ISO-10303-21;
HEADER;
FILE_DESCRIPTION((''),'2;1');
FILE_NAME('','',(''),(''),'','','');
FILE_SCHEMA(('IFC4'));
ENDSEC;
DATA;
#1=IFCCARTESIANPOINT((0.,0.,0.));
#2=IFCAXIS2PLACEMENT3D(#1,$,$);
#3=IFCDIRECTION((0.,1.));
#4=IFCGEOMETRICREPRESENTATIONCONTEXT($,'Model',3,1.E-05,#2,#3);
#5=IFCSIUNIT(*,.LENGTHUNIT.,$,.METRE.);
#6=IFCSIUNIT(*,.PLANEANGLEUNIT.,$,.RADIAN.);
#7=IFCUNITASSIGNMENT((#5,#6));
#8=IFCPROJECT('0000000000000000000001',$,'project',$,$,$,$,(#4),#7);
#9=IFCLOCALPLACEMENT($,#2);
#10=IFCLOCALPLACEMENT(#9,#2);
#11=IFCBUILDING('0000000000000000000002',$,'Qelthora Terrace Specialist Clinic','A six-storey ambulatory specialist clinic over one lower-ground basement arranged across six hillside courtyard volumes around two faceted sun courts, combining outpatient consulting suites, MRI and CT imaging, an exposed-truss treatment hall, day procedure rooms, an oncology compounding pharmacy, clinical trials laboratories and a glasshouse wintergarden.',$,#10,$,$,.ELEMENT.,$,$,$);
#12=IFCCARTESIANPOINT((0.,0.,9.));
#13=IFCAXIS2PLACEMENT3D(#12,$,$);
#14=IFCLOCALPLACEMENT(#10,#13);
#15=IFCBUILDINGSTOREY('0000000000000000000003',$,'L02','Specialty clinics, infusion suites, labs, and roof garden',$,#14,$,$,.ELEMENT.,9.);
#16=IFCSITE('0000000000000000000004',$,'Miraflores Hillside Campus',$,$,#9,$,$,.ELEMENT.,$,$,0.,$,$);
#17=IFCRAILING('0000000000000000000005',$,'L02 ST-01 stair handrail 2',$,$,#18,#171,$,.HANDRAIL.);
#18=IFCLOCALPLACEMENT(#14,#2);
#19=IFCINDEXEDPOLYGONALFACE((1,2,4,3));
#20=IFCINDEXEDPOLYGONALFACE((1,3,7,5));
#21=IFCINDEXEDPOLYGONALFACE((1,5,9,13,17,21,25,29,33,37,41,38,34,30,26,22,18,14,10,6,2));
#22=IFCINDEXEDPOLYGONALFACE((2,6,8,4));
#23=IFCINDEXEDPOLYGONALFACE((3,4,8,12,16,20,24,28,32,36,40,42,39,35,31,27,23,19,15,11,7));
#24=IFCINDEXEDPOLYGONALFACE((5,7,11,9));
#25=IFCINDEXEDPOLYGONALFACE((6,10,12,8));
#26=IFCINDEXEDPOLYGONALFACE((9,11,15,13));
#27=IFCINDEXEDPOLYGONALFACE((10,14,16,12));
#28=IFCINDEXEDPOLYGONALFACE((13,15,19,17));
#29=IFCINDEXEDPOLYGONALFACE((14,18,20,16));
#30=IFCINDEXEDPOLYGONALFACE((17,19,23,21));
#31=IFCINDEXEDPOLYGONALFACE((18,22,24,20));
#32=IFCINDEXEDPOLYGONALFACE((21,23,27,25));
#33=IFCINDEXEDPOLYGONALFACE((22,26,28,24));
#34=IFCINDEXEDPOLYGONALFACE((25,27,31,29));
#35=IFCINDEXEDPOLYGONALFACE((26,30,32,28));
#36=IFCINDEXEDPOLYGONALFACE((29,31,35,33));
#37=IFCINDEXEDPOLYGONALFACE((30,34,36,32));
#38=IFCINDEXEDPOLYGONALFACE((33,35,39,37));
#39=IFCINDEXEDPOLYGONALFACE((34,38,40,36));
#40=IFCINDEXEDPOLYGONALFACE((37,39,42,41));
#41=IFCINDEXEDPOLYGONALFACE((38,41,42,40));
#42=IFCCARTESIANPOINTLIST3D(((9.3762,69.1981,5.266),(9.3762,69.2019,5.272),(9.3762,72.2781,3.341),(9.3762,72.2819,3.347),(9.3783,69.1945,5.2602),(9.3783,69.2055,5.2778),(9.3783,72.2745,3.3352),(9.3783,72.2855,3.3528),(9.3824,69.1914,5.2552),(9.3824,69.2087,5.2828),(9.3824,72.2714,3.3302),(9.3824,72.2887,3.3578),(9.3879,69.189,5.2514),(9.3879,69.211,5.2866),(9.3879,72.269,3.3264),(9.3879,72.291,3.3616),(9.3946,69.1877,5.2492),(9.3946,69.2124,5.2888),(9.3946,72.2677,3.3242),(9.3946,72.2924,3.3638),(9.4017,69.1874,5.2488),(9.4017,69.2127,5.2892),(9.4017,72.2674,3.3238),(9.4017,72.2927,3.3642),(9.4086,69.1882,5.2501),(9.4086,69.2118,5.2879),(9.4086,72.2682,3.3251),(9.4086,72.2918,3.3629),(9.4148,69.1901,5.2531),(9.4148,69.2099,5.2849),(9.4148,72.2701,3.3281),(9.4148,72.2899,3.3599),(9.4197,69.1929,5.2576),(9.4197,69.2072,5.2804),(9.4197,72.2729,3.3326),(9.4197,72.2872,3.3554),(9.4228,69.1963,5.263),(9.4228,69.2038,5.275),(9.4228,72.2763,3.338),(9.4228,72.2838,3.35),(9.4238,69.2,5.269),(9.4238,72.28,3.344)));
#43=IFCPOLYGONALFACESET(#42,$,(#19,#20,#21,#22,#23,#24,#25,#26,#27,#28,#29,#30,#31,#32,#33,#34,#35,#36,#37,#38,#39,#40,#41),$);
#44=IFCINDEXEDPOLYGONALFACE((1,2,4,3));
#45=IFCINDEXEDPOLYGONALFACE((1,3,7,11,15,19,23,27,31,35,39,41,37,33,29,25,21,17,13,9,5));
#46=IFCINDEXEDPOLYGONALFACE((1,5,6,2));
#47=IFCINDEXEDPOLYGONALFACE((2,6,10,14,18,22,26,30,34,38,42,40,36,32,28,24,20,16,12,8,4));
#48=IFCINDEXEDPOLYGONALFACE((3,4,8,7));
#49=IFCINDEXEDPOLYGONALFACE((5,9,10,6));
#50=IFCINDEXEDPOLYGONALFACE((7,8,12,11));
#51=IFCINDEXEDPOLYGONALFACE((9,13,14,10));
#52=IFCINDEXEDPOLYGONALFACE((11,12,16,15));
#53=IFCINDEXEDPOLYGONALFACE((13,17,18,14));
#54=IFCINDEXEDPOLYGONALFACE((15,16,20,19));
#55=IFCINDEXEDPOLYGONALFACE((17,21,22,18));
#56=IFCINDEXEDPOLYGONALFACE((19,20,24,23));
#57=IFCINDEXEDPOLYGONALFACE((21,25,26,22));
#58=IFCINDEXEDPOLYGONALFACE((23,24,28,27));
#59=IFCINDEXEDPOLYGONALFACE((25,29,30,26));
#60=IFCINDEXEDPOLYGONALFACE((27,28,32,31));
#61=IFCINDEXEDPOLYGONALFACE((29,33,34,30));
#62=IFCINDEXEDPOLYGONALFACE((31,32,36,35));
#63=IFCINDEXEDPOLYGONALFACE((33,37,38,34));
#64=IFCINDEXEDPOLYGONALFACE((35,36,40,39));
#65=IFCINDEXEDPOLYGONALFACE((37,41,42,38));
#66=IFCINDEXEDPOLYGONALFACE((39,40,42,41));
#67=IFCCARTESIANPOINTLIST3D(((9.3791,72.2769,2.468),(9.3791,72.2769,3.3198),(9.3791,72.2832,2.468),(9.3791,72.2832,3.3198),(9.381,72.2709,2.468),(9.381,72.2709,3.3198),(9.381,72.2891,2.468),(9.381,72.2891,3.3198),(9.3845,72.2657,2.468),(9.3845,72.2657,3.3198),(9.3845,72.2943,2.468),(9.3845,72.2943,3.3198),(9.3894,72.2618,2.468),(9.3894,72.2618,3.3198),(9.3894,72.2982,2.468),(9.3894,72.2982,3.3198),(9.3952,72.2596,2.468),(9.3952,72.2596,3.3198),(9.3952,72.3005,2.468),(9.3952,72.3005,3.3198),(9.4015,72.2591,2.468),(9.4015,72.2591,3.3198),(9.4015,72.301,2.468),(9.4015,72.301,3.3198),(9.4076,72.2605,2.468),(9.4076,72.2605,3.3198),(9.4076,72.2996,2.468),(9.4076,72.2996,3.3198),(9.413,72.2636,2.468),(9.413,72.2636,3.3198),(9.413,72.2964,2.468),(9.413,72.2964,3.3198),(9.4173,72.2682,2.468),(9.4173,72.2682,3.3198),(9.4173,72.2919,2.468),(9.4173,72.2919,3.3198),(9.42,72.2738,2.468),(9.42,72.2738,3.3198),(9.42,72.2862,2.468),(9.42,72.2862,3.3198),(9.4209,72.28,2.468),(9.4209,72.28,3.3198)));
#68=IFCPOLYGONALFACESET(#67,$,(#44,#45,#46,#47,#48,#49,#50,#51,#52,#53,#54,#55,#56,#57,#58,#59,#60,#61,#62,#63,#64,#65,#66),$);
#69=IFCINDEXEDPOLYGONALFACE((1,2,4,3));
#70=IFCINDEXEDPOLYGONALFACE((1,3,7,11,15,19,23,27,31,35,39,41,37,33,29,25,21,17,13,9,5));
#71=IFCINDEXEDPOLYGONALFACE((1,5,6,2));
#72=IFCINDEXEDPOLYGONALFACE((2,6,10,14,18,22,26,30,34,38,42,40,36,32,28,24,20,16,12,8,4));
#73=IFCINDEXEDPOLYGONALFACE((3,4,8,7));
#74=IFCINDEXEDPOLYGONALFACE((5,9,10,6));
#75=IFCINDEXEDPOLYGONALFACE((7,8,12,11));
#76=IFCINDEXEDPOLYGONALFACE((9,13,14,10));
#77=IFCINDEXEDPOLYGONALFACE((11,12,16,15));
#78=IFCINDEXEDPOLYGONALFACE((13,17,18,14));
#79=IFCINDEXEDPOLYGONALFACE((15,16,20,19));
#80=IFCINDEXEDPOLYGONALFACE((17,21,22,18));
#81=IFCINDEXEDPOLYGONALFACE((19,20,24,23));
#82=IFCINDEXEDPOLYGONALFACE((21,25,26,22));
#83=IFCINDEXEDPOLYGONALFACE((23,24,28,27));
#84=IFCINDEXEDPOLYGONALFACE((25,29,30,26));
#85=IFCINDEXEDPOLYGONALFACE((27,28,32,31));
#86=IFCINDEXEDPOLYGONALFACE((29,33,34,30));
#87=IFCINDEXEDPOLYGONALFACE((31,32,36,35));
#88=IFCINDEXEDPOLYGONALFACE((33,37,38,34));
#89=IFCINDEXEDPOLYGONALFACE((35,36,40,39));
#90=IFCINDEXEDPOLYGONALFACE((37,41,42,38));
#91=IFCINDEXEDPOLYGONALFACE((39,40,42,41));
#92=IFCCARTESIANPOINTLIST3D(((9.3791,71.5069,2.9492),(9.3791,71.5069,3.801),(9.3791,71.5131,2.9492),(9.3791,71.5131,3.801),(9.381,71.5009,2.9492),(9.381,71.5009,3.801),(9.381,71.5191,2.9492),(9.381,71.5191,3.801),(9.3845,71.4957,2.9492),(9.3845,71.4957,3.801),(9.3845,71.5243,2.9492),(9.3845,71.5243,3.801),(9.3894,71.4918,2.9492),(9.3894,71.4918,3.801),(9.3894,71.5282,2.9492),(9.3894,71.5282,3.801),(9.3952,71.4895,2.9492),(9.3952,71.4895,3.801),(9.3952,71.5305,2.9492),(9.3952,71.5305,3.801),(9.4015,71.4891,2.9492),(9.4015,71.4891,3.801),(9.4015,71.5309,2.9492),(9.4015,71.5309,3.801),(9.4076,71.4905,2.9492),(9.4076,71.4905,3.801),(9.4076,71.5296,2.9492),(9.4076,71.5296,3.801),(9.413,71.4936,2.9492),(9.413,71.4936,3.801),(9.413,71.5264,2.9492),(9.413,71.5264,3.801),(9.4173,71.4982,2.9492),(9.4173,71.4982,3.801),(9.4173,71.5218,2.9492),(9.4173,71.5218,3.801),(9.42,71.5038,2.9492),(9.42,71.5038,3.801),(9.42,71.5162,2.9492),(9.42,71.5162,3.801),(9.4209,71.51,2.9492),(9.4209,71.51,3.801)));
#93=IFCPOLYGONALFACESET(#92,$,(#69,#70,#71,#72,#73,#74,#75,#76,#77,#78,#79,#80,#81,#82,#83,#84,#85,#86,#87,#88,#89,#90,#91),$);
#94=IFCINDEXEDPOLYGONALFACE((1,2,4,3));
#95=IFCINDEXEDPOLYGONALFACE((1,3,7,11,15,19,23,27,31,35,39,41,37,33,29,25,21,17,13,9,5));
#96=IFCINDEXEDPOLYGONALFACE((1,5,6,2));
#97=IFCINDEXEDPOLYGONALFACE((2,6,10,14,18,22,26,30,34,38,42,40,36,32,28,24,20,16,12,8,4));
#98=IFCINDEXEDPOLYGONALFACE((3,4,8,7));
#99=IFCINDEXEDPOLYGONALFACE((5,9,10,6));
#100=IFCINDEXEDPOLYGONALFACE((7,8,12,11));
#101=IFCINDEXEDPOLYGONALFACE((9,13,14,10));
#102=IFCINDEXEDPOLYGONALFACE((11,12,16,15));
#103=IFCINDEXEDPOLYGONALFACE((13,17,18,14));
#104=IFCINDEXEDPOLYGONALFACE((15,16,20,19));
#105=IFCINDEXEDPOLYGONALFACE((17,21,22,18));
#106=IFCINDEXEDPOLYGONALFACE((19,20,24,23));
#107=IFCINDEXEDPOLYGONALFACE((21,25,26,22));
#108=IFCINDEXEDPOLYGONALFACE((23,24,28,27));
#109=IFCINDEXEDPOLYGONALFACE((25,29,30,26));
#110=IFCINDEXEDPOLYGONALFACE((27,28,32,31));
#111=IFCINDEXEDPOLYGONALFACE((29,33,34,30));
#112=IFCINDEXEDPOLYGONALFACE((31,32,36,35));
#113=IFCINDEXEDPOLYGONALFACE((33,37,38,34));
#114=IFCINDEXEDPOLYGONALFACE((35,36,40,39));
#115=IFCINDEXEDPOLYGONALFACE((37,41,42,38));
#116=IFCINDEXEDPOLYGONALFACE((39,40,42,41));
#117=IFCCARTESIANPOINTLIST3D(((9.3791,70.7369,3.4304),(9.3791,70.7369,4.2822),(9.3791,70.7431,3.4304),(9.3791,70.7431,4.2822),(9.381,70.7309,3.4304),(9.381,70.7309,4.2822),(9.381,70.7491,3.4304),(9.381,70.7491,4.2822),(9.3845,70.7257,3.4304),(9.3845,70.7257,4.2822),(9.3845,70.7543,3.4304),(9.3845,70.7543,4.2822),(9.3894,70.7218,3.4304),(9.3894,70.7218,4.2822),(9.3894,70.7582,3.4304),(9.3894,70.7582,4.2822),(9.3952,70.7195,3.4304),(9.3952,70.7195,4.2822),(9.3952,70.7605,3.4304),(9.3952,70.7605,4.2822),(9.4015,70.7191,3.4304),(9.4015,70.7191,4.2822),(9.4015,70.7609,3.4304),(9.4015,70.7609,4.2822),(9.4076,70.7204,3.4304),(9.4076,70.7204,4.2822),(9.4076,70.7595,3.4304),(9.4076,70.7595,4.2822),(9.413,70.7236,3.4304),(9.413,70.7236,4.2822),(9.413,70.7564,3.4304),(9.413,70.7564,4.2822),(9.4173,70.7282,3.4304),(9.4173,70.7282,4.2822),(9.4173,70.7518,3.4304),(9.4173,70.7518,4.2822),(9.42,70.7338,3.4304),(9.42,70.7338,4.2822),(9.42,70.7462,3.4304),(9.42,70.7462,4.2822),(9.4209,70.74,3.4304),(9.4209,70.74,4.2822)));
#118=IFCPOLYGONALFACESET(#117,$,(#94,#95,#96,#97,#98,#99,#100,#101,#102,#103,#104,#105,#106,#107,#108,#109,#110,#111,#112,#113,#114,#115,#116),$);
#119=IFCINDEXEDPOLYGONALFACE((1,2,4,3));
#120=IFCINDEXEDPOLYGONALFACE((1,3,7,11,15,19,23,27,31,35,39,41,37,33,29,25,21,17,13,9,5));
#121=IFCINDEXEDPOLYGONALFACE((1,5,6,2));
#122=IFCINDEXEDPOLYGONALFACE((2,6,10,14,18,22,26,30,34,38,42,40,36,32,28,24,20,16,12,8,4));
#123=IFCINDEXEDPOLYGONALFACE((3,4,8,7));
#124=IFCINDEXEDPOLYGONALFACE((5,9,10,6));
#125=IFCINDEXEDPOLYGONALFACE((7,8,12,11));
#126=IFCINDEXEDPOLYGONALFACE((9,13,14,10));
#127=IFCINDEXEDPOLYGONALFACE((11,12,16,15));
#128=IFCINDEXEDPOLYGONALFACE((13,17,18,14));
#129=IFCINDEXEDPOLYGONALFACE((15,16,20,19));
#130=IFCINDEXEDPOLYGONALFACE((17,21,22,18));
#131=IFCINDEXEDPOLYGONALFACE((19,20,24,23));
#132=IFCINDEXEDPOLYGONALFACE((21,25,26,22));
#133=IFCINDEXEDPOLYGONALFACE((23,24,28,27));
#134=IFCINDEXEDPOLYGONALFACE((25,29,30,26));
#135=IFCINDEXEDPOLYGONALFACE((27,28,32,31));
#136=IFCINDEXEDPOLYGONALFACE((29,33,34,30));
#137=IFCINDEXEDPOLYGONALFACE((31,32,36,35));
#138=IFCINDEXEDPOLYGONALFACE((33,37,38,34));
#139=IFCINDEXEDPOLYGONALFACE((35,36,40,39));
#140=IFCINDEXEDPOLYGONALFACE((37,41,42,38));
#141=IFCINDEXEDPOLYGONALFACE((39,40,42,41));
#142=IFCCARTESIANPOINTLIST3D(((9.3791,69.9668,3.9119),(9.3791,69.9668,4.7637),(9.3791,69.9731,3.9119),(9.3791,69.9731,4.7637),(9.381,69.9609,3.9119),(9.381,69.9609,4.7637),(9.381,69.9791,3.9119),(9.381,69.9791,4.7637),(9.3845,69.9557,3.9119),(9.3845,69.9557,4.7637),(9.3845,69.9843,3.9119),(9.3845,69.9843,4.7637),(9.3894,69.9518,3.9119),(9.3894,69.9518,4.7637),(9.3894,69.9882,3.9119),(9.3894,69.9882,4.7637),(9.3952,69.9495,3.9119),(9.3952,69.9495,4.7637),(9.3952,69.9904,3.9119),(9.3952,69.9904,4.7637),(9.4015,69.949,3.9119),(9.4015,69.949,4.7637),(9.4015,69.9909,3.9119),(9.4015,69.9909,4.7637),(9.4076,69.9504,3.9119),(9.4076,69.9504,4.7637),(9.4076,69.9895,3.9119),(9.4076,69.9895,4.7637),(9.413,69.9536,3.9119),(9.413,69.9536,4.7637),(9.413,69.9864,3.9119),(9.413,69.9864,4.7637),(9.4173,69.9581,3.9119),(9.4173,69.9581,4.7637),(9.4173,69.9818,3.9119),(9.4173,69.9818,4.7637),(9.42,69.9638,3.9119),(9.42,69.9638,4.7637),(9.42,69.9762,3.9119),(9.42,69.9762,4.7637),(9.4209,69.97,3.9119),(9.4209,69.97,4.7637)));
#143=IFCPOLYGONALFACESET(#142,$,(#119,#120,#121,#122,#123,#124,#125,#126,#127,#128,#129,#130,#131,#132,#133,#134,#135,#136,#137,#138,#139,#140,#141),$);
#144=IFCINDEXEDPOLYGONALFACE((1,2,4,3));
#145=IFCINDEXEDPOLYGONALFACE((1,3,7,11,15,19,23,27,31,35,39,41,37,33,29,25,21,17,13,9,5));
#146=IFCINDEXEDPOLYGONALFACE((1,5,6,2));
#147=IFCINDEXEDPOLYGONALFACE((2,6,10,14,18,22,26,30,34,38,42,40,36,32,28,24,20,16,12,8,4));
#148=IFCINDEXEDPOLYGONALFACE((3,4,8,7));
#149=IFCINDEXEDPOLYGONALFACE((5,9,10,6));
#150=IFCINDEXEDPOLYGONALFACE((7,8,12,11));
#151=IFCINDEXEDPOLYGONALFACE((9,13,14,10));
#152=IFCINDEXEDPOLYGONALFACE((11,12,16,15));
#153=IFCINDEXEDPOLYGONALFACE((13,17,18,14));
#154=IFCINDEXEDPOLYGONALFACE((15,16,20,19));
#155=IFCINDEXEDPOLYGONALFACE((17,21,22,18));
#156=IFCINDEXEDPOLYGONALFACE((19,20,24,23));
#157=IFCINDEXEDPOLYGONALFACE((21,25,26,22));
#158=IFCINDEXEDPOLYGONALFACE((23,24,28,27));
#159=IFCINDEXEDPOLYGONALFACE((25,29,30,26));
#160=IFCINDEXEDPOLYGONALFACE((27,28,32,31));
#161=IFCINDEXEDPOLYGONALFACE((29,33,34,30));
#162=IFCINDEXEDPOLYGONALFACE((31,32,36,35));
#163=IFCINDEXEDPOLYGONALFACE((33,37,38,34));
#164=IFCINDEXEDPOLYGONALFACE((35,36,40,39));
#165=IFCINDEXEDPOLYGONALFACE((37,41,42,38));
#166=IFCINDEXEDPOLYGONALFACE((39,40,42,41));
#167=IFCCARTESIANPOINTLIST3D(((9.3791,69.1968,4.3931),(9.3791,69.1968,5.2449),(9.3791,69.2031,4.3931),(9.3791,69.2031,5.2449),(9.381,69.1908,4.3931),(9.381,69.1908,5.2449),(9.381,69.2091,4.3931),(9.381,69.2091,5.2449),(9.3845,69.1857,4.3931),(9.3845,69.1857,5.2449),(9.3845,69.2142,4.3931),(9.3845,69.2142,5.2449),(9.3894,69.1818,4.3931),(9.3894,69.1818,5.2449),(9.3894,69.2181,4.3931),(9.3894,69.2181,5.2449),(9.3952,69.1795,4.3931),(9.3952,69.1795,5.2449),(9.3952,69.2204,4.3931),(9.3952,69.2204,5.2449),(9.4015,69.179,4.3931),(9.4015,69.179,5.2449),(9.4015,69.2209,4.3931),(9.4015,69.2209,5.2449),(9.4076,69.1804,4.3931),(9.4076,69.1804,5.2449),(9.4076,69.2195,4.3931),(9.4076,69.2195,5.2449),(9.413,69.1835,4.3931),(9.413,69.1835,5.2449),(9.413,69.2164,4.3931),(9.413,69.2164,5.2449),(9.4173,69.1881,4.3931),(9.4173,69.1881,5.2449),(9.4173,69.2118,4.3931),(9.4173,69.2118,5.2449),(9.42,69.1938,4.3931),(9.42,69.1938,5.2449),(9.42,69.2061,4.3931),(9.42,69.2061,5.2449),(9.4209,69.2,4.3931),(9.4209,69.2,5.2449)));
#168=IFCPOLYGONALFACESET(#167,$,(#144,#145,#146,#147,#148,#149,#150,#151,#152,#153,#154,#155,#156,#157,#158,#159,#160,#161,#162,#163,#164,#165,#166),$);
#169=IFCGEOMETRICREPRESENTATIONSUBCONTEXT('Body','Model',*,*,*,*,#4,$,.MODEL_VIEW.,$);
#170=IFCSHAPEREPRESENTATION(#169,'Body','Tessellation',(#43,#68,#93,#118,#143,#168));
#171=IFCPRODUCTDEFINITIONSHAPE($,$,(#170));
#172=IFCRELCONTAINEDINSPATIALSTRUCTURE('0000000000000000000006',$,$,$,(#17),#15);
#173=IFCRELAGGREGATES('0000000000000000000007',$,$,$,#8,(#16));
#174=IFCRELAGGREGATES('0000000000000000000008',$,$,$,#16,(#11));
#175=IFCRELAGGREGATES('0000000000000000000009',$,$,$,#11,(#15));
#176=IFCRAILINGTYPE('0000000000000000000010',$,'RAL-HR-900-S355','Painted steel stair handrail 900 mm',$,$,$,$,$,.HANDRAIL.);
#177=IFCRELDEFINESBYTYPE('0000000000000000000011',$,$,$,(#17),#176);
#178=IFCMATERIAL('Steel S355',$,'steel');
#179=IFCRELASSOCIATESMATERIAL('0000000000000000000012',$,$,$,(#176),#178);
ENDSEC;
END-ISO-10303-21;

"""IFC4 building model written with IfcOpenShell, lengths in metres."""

from ifc_helpers import new_model, si_unit, direction, frame, origin, origin_2d, place, context, subcontext, project, spatial, circle, extrude, material, type_object, element, save


model = new_model("IFC4")

# Units and contexts
model_context = context("Model", 3, precision=1e-05, world=origin(), true_north=direction((0.0, 1.0)))
body_context = subcontext(model_context, "Body", "Model", "MODEL_VIEW")
ifc_project = project(units=[si_unit("LENGTHUNIT", "METRE"), si_unit("PLANEANGLEUNIT", "RADIAN")], contexts=[model_context])

# Site, building, storey
site_placement = place(None, origin())
site = spatial("IfcSite", under=ifc_project, at=site_placement, Name="Miraflores Hillside Campus", CompositionType="ELEMENT", RefElevation=0.0)
building_placement = place(site_placement, origin())
building = spatial("IfcBuilding", under=site, at=building_placement, Name="Qelthora Terrace Specialist Clinic", Description="A six-storey ambulatory specialist clinic over one lower-ground basement arranged across six hillside courtyard volumes around two faceted sun courts, combining outpatient consulting suites, MRI and CT imaging, an exposed-truss treatment hall, day procedure rooms, an oncology compounding pharmacy, clinical trials laboratories and a glasshouse wintergarden.", CompositionType="ELEMENT")
storey_placement = place(building_placement, frame((0.0, 0.0, 9.0)))
storey = spatial("IfcBuildingStorey", under=building, at=storey_placement, Name="L02", Description="Specialty clinics, infusion suites, labs, and roof garden", CompositionType="ELEMENT", Elevation=9.0)

# Shared definitions
ifc_material_1 = material(Name="Steel S355", Category="steel")

# Railing
railing_type_1 = type_object("IfcRailingType", Name="RAL-HR-900-S355", Description="Painted steel stair handrail 900 mm", PredefinedType="HANDRAIL", material=ifc_material_1)
railing_1_placement = place(storey_placement, frame((9.3999, 72.28, 2.468)))
element("IfcRailing", 1, at=railing_1_placement, inside=storey, type_object=railing_type_1, Name="L02 ST-01 stair handrail 2", PredefinedType="HANDRAIL", context=body_context, shape_type="SweptSolid", body=[
    extrude(circle(Radius=0.0239, at=origin_2d()), frame((0.0, 0.0, 0.876), z_axis=(0.0, -0.847998, 0.529999), x_axis=(1.0, 0.0, 0.0)), (0.0, 0.0, 1.0), 3.6321),
    extrude(circle(Radius=0.021, at=origin_2d()), origin(), (0.0, 0.0, 1.0), 0.8518),
    extrude(circle(Radius=0.021, at=origin_2d()), frame((0.0, -0.77, 0.4812)), (0.0, 0.0, 1.0), 0.8518),
    extrude(circle(Radius=0.021, at=origin_2d()), frame((0.0, -1.54, 0.9624)), (0.0, 0.0, 1.0), 0.8518),
    extrude(circle(Radius=0.021, at=origin_2d()), frame((0.0, -2.3101, 1.4438)), (0.0, 0.0, 1.0), 0.8518),
    extrude(circle(Radius=0.021, at=origin_2d()), frame((0.0, -3.0801, 1.925)), (0.0, 0.0, 1.0), 0.8518),
])

save(model, "model.ifc")
